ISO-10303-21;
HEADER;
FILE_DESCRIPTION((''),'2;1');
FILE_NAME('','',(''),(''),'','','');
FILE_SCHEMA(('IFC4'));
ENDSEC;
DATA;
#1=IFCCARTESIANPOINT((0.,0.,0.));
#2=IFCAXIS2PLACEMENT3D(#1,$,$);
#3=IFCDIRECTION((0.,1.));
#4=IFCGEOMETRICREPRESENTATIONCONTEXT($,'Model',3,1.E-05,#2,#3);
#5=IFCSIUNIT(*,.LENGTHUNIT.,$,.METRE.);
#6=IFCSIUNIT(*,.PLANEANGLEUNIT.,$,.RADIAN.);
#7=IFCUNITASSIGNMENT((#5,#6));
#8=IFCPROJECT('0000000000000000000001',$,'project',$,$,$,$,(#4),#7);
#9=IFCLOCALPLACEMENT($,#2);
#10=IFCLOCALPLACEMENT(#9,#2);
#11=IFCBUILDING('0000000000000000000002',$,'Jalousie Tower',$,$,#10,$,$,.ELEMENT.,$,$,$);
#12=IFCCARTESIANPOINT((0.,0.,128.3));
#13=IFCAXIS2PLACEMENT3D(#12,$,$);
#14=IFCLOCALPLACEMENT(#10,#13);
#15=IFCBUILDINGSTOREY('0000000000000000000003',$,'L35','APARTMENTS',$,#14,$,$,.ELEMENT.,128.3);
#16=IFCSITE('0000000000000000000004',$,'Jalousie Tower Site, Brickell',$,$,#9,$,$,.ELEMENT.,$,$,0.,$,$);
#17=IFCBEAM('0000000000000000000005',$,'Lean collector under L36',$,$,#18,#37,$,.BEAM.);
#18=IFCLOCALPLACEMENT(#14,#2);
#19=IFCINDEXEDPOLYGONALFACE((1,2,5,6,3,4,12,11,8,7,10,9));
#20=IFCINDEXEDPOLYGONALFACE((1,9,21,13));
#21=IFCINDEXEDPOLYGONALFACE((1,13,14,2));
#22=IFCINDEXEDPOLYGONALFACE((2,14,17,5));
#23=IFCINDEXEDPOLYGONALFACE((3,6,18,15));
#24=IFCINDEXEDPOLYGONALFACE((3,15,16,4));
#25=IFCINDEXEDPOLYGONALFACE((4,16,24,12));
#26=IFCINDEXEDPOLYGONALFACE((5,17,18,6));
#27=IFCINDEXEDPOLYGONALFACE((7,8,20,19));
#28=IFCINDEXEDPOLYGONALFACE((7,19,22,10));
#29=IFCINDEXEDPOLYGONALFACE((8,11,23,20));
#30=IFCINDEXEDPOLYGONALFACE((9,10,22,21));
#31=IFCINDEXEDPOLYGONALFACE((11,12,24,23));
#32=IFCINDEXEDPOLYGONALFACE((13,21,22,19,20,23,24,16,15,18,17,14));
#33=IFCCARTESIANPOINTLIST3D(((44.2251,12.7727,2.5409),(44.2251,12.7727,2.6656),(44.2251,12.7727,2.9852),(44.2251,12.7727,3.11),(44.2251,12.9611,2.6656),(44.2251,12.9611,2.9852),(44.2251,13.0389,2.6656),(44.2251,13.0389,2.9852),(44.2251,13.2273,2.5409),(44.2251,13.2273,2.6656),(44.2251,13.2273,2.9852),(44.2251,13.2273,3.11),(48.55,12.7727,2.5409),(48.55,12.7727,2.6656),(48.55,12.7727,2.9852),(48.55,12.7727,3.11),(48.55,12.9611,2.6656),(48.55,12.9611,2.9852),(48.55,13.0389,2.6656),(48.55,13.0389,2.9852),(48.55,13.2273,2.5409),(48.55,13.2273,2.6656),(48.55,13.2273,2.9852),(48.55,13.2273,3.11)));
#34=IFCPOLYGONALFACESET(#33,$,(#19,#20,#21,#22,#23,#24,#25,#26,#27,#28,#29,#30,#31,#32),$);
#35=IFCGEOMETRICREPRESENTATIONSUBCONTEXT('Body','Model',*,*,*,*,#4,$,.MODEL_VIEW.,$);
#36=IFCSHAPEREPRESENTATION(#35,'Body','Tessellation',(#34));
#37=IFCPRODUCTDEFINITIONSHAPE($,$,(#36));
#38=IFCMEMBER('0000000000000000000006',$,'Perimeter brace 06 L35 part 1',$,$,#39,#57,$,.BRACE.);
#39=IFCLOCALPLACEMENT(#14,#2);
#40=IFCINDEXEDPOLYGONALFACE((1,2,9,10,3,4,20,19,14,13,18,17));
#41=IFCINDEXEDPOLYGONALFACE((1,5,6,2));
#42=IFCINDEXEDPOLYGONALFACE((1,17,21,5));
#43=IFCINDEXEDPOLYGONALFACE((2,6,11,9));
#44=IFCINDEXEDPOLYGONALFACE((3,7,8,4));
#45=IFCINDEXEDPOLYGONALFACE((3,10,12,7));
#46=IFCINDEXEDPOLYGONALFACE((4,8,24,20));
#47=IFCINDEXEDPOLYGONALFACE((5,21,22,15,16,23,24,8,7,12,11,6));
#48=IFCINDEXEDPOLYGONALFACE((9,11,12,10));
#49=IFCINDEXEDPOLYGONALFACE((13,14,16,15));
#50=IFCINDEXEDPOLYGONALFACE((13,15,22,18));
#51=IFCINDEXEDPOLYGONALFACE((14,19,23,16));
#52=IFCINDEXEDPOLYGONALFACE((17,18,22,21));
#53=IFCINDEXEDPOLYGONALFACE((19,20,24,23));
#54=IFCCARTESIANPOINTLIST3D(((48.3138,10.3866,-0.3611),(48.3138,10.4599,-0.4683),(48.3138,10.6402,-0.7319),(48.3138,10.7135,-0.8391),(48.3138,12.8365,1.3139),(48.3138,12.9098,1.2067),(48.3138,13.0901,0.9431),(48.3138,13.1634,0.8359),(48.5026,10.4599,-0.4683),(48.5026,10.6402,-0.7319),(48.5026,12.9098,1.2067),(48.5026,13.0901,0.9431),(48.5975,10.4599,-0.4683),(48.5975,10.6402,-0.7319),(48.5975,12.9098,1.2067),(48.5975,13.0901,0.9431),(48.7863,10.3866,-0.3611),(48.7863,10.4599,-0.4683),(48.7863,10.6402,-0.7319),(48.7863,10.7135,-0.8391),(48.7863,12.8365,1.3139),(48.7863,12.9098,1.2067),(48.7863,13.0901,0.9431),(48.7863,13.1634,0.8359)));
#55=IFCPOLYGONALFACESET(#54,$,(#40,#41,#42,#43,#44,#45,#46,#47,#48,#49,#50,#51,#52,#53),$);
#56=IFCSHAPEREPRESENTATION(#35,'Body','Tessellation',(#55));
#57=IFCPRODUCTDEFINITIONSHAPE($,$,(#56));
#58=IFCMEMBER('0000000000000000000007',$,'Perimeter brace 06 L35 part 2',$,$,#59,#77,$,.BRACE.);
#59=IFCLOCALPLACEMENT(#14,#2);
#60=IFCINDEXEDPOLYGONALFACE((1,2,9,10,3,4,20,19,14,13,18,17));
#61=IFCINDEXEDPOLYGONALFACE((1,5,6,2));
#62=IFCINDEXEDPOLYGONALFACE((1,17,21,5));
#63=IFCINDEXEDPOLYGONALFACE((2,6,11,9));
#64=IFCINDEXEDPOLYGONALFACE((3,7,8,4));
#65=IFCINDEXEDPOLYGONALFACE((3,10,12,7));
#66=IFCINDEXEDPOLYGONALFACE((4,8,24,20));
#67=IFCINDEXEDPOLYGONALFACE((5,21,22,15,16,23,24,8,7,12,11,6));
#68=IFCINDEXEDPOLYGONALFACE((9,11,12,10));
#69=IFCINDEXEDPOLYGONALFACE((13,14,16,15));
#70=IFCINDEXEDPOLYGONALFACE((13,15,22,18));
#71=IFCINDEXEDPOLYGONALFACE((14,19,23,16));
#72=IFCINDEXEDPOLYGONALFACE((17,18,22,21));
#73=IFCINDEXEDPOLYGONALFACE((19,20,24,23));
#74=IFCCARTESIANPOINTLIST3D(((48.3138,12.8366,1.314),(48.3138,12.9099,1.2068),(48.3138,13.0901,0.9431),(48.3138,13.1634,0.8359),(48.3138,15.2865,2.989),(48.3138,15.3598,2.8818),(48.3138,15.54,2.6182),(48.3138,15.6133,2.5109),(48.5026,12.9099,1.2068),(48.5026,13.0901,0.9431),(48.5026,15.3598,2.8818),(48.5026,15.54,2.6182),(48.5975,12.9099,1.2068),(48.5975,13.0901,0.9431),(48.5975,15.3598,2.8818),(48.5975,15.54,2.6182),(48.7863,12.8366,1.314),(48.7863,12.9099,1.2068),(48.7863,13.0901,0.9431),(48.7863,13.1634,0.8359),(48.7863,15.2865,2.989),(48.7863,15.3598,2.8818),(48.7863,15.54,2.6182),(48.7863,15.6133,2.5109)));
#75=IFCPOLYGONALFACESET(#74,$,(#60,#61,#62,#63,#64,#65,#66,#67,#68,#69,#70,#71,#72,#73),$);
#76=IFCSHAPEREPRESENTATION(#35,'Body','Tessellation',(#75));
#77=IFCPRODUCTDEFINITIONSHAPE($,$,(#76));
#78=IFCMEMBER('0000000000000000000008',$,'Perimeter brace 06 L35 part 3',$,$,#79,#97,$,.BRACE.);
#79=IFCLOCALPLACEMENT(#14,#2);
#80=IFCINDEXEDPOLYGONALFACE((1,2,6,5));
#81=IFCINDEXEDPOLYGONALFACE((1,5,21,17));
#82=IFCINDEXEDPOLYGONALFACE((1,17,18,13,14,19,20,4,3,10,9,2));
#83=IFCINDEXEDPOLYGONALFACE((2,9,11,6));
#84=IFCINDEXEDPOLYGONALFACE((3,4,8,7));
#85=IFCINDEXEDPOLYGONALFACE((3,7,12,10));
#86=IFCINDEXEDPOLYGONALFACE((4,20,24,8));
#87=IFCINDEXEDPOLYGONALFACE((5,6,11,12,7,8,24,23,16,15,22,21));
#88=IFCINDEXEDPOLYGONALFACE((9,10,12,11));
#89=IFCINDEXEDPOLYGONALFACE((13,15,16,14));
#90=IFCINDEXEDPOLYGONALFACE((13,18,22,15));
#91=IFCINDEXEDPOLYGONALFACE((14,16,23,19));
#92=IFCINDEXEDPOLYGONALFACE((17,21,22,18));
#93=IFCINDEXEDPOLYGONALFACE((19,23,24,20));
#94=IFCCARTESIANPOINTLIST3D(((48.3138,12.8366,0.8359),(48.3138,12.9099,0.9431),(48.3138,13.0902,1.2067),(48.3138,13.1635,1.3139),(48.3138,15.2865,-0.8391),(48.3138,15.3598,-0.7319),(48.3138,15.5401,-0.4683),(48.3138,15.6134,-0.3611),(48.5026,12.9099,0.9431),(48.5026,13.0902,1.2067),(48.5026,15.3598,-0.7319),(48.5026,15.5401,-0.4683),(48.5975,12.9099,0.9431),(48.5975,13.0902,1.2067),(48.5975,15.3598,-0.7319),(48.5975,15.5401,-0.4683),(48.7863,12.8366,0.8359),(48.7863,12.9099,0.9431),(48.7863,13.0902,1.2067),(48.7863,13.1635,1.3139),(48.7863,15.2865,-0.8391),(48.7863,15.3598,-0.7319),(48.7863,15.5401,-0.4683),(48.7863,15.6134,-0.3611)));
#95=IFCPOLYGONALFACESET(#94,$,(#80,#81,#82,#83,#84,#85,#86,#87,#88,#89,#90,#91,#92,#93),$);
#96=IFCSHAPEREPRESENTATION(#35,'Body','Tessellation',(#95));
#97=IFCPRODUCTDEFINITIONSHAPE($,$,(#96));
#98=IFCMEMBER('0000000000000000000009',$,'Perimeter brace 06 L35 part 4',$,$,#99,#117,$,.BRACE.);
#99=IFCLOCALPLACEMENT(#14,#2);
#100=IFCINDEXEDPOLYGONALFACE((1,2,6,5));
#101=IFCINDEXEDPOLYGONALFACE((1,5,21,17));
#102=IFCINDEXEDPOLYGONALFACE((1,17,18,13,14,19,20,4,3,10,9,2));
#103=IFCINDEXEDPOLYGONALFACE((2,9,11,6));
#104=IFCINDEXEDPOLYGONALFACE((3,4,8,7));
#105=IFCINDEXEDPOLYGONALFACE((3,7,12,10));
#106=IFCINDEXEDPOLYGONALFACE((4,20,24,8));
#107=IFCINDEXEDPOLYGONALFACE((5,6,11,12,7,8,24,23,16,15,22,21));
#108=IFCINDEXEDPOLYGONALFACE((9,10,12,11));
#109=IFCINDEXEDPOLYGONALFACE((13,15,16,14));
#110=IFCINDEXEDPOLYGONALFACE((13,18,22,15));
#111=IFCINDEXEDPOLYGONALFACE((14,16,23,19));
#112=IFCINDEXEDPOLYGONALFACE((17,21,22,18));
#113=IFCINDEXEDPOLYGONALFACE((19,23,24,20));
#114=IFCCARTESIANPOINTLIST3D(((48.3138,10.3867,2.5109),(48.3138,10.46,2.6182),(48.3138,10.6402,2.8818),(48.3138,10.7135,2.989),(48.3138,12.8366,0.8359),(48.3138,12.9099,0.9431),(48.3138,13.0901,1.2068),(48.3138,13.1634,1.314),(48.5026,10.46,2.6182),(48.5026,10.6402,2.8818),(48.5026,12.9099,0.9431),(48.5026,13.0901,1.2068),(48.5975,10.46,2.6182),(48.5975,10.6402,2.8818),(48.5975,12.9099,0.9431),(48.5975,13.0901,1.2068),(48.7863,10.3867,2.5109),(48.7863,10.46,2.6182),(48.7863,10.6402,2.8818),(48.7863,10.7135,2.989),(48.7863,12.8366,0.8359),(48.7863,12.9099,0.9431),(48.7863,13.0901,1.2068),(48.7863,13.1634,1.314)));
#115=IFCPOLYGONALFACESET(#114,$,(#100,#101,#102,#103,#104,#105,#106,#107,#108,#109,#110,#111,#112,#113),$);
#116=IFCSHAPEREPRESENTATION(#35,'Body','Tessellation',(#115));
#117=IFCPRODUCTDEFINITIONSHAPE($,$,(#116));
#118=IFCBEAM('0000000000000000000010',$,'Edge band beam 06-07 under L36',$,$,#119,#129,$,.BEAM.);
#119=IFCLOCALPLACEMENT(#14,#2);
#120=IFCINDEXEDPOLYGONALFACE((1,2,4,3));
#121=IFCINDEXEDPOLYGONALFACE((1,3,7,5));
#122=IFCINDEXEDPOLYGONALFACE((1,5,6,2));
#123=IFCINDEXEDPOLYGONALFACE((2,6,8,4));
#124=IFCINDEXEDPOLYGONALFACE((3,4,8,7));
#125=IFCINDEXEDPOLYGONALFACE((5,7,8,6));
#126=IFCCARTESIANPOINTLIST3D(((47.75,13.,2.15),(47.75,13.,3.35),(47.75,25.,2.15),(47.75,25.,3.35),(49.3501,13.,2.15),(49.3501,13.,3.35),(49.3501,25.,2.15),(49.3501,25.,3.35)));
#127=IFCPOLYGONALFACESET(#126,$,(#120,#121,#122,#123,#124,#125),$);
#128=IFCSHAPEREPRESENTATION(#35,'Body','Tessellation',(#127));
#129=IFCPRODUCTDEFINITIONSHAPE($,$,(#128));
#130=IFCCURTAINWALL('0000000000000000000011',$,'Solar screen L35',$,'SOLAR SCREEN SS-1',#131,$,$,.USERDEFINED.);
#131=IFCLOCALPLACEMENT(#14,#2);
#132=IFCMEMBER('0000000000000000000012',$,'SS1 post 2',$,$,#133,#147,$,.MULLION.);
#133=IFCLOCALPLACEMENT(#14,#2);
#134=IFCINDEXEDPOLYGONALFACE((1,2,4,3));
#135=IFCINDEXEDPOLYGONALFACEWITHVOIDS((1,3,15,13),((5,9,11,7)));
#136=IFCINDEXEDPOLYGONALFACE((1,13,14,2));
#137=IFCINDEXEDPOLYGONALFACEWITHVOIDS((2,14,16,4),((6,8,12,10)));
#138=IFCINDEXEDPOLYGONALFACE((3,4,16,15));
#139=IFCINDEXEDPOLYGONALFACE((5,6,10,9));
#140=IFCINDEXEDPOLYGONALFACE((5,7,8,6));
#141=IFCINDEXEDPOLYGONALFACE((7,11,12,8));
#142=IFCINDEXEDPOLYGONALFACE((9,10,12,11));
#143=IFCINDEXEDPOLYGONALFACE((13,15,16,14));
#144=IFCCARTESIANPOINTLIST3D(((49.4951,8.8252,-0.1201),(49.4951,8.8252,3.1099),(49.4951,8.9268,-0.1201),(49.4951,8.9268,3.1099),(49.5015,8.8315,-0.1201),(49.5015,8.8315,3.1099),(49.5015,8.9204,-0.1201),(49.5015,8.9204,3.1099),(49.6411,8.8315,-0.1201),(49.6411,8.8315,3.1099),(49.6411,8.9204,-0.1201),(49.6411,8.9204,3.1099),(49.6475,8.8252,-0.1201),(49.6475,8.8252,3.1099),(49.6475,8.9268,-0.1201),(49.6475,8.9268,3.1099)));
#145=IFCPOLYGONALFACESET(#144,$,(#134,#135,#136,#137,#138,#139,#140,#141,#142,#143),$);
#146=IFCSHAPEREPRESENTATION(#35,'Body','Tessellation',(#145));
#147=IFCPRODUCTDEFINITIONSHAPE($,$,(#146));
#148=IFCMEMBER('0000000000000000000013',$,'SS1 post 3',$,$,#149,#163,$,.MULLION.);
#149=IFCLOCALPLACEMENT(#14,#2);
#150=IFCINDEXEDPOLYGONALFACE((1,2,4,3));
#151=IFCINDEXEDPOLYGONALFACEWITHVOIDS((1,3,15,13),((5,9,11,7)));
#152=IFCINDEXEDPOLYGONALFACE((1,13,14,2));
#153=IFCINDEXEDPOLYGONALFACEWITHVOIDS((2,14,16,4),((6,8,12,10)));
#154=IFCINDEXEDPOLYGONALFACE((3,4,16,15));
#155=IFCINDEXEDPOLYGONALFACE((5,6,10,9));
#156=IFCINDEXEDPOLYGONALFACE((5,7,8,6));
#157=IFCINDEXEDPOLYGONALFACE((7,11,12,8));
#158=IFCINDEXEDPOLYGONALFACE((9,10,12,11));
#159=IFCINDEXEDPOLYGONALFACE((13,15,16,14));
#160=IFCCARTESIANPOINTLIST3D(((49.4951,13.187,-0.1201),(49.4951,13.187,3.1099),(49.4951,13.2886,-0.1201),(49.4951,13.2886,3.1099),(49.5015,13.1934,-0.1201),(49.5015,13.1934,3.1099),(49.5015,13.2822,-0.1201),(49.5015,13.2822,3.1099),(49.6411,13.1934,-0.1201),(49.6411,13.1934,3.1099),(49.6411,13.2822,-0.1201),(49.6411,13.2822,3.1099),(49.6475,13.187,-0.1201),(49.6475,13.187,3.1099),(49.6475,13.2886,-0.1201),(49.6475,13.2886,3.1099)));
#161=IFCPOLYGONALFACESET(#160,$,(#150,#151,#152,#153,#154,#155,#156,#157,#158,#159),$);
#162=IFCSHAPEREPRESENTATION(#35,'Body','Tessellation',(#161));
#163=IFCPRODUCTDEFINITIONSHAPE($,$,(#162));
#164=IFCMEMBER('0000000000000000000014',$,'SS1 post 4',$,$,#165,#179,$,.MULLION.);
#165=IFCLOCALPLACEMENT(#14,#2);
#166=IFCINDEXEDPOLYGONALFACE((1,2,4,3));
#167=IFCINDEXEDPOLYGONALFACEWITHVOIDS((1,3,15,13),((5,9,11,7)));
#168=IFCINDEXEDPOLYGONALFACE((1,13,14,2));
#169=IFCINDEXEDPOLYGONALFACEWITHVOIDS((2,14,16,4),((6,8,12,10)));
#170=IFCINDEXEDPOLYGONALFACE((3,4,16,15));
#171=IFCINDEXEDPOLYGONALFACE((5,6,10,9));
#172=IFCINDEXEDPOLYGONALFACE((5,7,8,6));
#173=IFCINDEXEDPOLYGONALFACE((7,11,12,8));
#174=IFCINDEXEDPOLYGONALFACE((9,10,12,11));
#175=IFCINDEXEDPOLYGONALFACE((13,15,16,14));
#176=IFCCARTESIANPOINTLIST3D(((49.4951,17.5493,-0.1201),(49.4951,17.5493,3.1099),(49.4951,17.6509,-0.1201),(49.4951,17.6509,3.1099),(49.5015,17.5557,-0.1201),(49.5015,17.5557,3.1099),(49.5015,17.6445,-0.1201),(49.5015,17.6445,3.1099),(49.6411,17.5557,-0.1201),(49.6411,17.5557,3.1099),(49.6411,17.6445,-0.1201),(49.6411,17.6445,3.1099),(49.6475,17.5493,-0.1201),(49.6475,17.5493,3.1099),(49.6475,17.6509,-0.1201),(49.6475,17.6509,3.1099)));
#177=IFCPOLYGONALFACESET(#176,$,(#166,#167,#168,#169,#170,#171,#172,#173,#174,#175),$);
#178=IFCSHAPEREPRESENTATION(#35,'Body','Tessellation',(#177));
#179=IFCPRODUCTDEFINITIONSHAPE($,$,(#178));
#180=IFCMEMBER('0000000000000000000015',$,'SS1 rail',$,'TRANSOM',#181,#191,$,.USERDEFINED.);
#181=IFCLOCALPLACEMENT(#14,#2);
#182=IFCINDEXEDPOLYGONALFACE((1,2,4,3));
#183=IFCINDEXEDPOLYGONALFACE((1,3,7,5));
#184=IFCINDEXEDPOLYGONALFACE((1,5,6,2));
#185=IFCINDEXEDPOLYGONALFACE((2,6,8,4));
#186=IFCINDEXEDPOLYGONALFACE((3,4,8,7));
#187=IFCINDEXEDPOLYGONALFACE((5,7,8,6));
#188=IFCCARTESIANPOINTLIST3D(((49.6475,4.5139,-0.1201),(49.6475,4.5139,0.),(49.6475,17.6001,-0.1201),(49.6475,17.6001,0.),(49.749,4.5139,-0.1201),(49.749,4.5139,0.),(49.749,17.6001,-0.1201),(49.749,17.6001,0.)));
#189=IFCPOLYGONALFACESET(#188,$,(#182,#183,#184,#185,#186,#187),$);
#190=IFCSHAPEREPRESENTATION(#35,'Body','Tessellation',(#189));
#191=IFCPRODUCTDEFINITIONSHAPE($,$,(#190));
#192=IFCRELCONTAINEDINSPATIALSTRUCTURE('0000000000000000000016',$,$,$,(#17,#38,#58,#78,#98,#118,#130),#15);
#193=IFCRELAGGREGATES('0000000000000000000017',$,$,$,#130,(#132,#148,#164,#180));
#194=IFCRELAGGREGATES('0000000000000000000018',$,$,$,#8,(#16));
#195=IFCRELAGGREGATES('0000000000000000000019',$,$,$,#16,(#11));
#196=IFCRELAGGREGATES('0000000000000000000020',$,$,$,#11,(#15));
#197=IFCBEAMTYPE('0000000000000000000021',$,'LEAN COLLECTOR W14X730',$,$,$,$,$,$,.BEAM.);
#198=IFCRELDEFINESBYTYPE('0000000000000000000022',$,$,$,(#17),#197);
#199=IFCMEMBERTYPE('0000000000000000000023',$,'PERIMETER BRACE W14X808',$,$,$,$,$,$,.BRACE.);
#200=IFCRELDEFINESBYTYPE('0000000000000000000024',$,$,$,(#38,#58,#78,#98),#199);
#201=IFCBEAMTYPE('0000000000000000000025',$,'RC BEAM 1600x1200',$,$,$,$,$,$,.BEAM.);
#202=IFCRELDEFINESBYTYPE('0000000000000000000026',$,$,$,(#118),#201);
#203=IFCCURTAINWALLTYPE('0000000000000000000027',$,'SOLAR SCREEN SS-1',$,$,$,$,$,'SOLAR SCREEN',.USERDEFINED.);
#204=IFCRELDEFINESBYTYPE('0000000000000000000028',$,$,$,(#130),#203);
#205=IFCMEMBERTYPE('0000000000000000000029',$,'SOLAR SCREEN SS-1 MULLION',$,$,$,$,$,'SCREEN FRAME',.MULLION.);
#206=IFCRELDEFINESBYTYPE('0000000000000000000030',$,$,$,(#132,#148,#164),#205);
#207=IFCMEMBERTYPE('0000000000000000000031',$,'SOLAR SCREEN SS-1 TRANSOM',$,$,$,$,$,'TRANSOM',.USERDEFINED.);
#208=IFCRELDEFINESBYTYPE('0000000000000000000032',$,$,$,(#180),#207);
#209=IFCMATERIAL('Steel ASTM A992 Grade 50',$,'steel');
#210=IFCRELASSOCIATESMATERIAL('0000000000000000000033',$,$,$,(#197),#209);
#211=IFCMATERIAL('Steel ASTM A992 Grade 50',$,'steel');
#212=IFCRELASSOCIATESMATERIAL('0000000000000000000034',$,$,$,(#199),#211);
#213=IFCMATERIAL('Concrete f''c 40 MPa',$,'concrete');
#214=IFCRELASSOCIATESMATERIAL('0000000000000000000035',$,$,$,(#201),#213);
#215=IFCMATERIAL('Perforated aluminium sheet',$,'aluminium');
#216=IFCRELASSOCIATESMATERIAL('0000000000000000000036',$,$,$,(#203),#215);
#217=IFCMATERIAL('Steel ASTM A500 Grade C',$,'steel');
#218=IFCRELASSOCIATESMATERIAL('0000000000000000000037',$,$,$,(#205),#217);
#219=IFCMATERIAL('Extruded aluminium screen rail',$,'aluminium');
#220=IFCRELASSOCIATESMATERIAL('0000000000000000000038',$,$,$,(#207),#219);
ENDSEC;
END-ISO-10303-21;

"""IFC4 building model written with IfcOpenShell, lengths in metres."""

from ifc_helpers import new_model, si_unit, direction, frame, origin, origin_2d, place, context, subcontext, project, spatial, rectangle, hollow_rectangle, i_section, extrude, material, material_profile, profile_set, type_object, element, aggregate, save


model = new_model("IFC4")

# Units and contexts
model_context = context("Model", 3, precision=1e-05, world=origin(), true_north=direction((0.0, 1.0)))
body_context = subcontext(model_context, "Body", "Model", "MODEL_VIEW")
ifc_project = project(units=[si_unit("LENGTHUNIT", "METRE"), si_unit("PLANEANGLEUNIT", "RADIAN")], contexts=[model_context])

# Site, building, storey
site_placement = place(None, origin())
site = spatial("IfcSite", under=ifc_project, at=site_placement, Name="Jalousie Tower Site, Brickell", CompositionType="ELEMENT", RefElevation=0.0)
building_placement = place(site_placement, origin())
building = spatial("IfcBuilding", under=site, at=building_placement, Name="Jalousie Tower", CompositionType="ELEMENT")
storey_placement = place(building_placement, frame((0.0, 0.0, 128.3)))
storey = spatial("IfcBuildingStorey", under=building, at=storey_placement, Name="L35", Description="APARTMENTS", CompositionType="ELEMENT", Elevation=128.3)

# Beam
ifc_material_1 = material(Name="Steel ASTM A992 Grade 50", Category="steel")
ifc_material_profile_1 = material_profile(ifc_material_1, i_section(OverallWidth=0.4546, OverallDepth=0.5691, WebThickness=0.0779, FlangeThickness=0.1248, at=origin_2d()), Name="W14X730")
ifc_profile_set_1 = profile_set([ifc_material_profile_1], Name="Steel ASTM A992 Grade 50")
beam_type_1 = type_object("IfcBeamType", Name="LEAN COLLECTOR W14X730", PredefinedType="BEAM", material=ifc_profile_set_1)
beam_1_placement = place(storey_placement, frame((48.55, 13.0, 2.8254), z_axis=(-1.0, 0.0, 0.0), x_axis=(0.0, -1.0, 0.0)))
element("IfcBeam", 1, at=beam_1_placement, inside=storey, type_object=beam_type_1, Name="Lean collector under L36", PredefinedType="BEAM", context=body_context, shape_type="SweptSolid", body=[
    extrude(i_section(OverallWidth=0.4546, OverallDepth=0.5691, WebThickness=0.0779, FlangeThickness=0.1248, at=origin_2d()), origin(), (0.0, 0.0, 1.0), 4.325),
])

# Members
ifc_material_2 = material(Name="Steel ASTM A992 Grade 50", Category="steel")
ifc_material_profile_2 = material_profile(ifc_material_2, i_section(OverallWidth=0.4724, OverallDepth=0.5791, WebThickness=0.095, FlangeThickness=0.1299, at=origin_2d()), Name="W14X808")
ifc_profile_set_2 = profile_set([ifc_material_profile_2], Name="Steel ASTM A992 Grade 50")
member_type_1 = type_object("IfcMemberType", Name="PERIMETER BRACE W14X808", PredefinedType="BRACE", material=ifc_profile_set_2)
for number, where, z_axis, x_axis, name in (
    (2, (48.55, 10.55, -0.6001), (0.0, 0.825501, 0.564401), (-1.0, 0.0, 0.0), "Perimeter brace 06 L35 part 1"),
    (3, (48.55, 13.0, 1.075), (0.0, 0.825501, 0.564401), (-1.0, 0.0, 0.0), "Perimeter brace 06 L35 part 2"),
    (4, (48.55, 15.45, -0.6001), (0.0, -0.825501, 0.564401), (1.0, 0.0, 0.0), "Perimeter brace 06 L35 part 3"),
    (5, (48.55, 13.0, 1.075), (0.0, -0.825501, 0.564401), (1.0, 0.0, 0.0), "Perimeter brace 06 L35 part 4"),
):
    element("IfcMember", number, at=place(storey_placement, frame(where, z_axis=z_axis, x_axis=x_axis)), inside=storey, type_object=member_type_1, Name=name, PredefinedType="BRACE", context=body_context, shape_type="SweptSolid", body=[
        extrude(i_section(OverallWidth=0.4724, OverallDepth=0.5791, WebThickness=0.095, FlangeThickness=0.1299, at=origin_2d()), origin(), (0.0, 0.0, 1.0), 2.9678),
    ])

# Beam
ifc_material_3 = material(Name="Concrete f'c 40 MPa", Category="concrete")
ifc_material_profile_3 = material_profile(ifc_material_3, rectangle(XDim=1.6001, YDim=1.2, at=origin_2d()), Name="RC 1600x1200")
ifc_profile_set_3 = profile_set([ifc_material_profile_3], Name="Concrete f'c 40 MPa")
beam_type_2 = type_object("IfcBeamType", Name="RC BEAM 1600x1200", PredefinedType="BEAM", material=ifc_profile_set_3)
beam_2_placement = place(storey_placement, frame((48.55, 13.0, 2.75), z_axis=(0.0, 1.0, 0.0), x_axis=(-1.0, 0.0, 0.0)))
element("IfcBeam", 6, at=beam_2_placement, inside=storey, type_object=beam_type_2, Name="Edge band beam 06-07 under L36", PredefinedType="BEAM", context=body_context, shape_type="SweptSolid", body=[
    extrude(rectangle(XDim=1.6001, YDim=1.2, at=origin_2d()), origin(), (0.0, 0.0, 1.0), 12.0),
])

# Curtain wall, members
ifc_material_4 = material(Name="Perforated aluminium sheet", Category="aluminium")
curtain_wall_type = type_object("IfcCurtainWallType", Name="SOLAR SCREEN SS-1", ElementType="SOLAR SCREEN", PredefinedType="USERDEFINED", material=ifc_material_4)
curtain_wall_placement = place(storey_placement, origin())
curtain_wall = element("IfcCurtainWall", 7, at=curtain_wall_placement, inside=storey, type_object=curtain_wall_type, Name="Solar screen L35", ObjectType="SOLAR SCREEN SS-1", PredefinedType="USERDEFINED")
ifc_material_5 = material(Name="Steel ASTM A500 Grade C", Category="steel")
ifc_material_profile_4 = material_profile(ifc_material_5, hollow_rectangle(XDim=0.1016, YDim=0.1523, WallThickness=0.0063, at=origin_2d()), Name="HSS6X4X1/4")
ifc_profile_set_4 = profile_set([ifc_material_profile_4], Name="Steel ASTM A500 Grade C")
member_type_2 = type_object("IfcMemberType", Name="SOLAR SCREEN SS-1 MULLION", ElementType="SCREEN FRAME", PredefinedType="MULLION", material=ifc_profile_set_4)
member_1_placement = place(storey_placement, frame((49.5713, 8.876, -0.1201), z_axis=(0.0, 0.0, 1.0), x_axis=(0.0, 1.0, 0.0)))
member_1 = element("IfcMember", 8, at=member_1_placement, type_object=member_type_2, Name="SS1 post 2", PredefinedType="MULLION", context=body_context, shape_type="SweptSolid", body=[
    extrude(hollow_rectangle(XDim=0.1016, YDim=0.1523, WallThickness=0.0063, at=origin_2d()), origin(), (0.0, 0.0, 1.0), 3.23),
])
member_2_placement = place(storey_placement, frame((49.5713, 13.2378, -0.1201), z_axis=(0.0, 0.0, 1.0), x_axis=(0.0, 1.0, 0.0)))
member_2 = element("IfcMember", 9, at=member_2_placement, type_object=member_type_2, Name="SS1 post 3", PredefinedType="MULLION", context=body_context, shape_type="SweptSolid", body=[
    extrude(hollow_rectangle(XDim=0.1016, YDim=0.1523, WallThickness=0.0063, at=origin_2d()), origin(), (0.0, 0.0, 1.0), 3.23),
])
member_3_placement = place(storey_placement, frame((49.5713, 17.6001, -0.1201), z_axis=(0.0, 0.0, 1.0), x_axis=(0.0, 1.0, 0.0)))
member_3 = element("IfcMember", 10, at=member_3_placement, type_object=member_type_2, Name="SS1 post 4", PredefinedType="MULLION", context=body_context, shape_type="SweptSolid", body=[
    extrude(hollow_rectangle(XDim=0.1016, YDim=0.1523, WallThickness=0.0063, at=origin_2d()), origin(), (0.0, 0.0, 1.0), 3.23),
])
ifc_material_6 = material(Name="Extruded aluminium screen rail", Category="aluminium")
ifc_material_profile_5 = material_profile(ifc_material_6, rectangle(XDim=0.1016, YDim=0.1201, at=origin_2d()), Name="RAIL 102x120")
ifc_profile_set_5 = profile_set([ifc_material_profile_5], Name="Extruded aluminium screen rail")
member_type_3 = type_object("IfcMemberType", Name="SOLAR SCREEN SS-1 TRANSOM", ElementType="TRANSOM", PredefinedType="USERDEFINED", material=ifc_profile_set_5)
member_4_placement = place(storey_placement, frame((49.6982, 4.5139, -0.0601), z_axis=(0.0, 1.0, 0.0), x_axis=(-1.0, 0.0, 0.0)))
member_4 = element("IfcMember", 11, at=member_4_placement, type_object=member_type_3, Name="SS1 rail", ObjectType="TRANSOM", PredefinedType="USERDEFINED", context=body_context, shape_type="SweptSolid", body=[
    extrude(rectangle(XDim=0.1016, YDim=0.1201, at=origin_2d()), origin(), (0.0, 0.0, 1.0), 13.0862),
])
aggregate(curtain_wall, [member_1, member_2, member_3, member_4])

save(model, "model.ifc")
